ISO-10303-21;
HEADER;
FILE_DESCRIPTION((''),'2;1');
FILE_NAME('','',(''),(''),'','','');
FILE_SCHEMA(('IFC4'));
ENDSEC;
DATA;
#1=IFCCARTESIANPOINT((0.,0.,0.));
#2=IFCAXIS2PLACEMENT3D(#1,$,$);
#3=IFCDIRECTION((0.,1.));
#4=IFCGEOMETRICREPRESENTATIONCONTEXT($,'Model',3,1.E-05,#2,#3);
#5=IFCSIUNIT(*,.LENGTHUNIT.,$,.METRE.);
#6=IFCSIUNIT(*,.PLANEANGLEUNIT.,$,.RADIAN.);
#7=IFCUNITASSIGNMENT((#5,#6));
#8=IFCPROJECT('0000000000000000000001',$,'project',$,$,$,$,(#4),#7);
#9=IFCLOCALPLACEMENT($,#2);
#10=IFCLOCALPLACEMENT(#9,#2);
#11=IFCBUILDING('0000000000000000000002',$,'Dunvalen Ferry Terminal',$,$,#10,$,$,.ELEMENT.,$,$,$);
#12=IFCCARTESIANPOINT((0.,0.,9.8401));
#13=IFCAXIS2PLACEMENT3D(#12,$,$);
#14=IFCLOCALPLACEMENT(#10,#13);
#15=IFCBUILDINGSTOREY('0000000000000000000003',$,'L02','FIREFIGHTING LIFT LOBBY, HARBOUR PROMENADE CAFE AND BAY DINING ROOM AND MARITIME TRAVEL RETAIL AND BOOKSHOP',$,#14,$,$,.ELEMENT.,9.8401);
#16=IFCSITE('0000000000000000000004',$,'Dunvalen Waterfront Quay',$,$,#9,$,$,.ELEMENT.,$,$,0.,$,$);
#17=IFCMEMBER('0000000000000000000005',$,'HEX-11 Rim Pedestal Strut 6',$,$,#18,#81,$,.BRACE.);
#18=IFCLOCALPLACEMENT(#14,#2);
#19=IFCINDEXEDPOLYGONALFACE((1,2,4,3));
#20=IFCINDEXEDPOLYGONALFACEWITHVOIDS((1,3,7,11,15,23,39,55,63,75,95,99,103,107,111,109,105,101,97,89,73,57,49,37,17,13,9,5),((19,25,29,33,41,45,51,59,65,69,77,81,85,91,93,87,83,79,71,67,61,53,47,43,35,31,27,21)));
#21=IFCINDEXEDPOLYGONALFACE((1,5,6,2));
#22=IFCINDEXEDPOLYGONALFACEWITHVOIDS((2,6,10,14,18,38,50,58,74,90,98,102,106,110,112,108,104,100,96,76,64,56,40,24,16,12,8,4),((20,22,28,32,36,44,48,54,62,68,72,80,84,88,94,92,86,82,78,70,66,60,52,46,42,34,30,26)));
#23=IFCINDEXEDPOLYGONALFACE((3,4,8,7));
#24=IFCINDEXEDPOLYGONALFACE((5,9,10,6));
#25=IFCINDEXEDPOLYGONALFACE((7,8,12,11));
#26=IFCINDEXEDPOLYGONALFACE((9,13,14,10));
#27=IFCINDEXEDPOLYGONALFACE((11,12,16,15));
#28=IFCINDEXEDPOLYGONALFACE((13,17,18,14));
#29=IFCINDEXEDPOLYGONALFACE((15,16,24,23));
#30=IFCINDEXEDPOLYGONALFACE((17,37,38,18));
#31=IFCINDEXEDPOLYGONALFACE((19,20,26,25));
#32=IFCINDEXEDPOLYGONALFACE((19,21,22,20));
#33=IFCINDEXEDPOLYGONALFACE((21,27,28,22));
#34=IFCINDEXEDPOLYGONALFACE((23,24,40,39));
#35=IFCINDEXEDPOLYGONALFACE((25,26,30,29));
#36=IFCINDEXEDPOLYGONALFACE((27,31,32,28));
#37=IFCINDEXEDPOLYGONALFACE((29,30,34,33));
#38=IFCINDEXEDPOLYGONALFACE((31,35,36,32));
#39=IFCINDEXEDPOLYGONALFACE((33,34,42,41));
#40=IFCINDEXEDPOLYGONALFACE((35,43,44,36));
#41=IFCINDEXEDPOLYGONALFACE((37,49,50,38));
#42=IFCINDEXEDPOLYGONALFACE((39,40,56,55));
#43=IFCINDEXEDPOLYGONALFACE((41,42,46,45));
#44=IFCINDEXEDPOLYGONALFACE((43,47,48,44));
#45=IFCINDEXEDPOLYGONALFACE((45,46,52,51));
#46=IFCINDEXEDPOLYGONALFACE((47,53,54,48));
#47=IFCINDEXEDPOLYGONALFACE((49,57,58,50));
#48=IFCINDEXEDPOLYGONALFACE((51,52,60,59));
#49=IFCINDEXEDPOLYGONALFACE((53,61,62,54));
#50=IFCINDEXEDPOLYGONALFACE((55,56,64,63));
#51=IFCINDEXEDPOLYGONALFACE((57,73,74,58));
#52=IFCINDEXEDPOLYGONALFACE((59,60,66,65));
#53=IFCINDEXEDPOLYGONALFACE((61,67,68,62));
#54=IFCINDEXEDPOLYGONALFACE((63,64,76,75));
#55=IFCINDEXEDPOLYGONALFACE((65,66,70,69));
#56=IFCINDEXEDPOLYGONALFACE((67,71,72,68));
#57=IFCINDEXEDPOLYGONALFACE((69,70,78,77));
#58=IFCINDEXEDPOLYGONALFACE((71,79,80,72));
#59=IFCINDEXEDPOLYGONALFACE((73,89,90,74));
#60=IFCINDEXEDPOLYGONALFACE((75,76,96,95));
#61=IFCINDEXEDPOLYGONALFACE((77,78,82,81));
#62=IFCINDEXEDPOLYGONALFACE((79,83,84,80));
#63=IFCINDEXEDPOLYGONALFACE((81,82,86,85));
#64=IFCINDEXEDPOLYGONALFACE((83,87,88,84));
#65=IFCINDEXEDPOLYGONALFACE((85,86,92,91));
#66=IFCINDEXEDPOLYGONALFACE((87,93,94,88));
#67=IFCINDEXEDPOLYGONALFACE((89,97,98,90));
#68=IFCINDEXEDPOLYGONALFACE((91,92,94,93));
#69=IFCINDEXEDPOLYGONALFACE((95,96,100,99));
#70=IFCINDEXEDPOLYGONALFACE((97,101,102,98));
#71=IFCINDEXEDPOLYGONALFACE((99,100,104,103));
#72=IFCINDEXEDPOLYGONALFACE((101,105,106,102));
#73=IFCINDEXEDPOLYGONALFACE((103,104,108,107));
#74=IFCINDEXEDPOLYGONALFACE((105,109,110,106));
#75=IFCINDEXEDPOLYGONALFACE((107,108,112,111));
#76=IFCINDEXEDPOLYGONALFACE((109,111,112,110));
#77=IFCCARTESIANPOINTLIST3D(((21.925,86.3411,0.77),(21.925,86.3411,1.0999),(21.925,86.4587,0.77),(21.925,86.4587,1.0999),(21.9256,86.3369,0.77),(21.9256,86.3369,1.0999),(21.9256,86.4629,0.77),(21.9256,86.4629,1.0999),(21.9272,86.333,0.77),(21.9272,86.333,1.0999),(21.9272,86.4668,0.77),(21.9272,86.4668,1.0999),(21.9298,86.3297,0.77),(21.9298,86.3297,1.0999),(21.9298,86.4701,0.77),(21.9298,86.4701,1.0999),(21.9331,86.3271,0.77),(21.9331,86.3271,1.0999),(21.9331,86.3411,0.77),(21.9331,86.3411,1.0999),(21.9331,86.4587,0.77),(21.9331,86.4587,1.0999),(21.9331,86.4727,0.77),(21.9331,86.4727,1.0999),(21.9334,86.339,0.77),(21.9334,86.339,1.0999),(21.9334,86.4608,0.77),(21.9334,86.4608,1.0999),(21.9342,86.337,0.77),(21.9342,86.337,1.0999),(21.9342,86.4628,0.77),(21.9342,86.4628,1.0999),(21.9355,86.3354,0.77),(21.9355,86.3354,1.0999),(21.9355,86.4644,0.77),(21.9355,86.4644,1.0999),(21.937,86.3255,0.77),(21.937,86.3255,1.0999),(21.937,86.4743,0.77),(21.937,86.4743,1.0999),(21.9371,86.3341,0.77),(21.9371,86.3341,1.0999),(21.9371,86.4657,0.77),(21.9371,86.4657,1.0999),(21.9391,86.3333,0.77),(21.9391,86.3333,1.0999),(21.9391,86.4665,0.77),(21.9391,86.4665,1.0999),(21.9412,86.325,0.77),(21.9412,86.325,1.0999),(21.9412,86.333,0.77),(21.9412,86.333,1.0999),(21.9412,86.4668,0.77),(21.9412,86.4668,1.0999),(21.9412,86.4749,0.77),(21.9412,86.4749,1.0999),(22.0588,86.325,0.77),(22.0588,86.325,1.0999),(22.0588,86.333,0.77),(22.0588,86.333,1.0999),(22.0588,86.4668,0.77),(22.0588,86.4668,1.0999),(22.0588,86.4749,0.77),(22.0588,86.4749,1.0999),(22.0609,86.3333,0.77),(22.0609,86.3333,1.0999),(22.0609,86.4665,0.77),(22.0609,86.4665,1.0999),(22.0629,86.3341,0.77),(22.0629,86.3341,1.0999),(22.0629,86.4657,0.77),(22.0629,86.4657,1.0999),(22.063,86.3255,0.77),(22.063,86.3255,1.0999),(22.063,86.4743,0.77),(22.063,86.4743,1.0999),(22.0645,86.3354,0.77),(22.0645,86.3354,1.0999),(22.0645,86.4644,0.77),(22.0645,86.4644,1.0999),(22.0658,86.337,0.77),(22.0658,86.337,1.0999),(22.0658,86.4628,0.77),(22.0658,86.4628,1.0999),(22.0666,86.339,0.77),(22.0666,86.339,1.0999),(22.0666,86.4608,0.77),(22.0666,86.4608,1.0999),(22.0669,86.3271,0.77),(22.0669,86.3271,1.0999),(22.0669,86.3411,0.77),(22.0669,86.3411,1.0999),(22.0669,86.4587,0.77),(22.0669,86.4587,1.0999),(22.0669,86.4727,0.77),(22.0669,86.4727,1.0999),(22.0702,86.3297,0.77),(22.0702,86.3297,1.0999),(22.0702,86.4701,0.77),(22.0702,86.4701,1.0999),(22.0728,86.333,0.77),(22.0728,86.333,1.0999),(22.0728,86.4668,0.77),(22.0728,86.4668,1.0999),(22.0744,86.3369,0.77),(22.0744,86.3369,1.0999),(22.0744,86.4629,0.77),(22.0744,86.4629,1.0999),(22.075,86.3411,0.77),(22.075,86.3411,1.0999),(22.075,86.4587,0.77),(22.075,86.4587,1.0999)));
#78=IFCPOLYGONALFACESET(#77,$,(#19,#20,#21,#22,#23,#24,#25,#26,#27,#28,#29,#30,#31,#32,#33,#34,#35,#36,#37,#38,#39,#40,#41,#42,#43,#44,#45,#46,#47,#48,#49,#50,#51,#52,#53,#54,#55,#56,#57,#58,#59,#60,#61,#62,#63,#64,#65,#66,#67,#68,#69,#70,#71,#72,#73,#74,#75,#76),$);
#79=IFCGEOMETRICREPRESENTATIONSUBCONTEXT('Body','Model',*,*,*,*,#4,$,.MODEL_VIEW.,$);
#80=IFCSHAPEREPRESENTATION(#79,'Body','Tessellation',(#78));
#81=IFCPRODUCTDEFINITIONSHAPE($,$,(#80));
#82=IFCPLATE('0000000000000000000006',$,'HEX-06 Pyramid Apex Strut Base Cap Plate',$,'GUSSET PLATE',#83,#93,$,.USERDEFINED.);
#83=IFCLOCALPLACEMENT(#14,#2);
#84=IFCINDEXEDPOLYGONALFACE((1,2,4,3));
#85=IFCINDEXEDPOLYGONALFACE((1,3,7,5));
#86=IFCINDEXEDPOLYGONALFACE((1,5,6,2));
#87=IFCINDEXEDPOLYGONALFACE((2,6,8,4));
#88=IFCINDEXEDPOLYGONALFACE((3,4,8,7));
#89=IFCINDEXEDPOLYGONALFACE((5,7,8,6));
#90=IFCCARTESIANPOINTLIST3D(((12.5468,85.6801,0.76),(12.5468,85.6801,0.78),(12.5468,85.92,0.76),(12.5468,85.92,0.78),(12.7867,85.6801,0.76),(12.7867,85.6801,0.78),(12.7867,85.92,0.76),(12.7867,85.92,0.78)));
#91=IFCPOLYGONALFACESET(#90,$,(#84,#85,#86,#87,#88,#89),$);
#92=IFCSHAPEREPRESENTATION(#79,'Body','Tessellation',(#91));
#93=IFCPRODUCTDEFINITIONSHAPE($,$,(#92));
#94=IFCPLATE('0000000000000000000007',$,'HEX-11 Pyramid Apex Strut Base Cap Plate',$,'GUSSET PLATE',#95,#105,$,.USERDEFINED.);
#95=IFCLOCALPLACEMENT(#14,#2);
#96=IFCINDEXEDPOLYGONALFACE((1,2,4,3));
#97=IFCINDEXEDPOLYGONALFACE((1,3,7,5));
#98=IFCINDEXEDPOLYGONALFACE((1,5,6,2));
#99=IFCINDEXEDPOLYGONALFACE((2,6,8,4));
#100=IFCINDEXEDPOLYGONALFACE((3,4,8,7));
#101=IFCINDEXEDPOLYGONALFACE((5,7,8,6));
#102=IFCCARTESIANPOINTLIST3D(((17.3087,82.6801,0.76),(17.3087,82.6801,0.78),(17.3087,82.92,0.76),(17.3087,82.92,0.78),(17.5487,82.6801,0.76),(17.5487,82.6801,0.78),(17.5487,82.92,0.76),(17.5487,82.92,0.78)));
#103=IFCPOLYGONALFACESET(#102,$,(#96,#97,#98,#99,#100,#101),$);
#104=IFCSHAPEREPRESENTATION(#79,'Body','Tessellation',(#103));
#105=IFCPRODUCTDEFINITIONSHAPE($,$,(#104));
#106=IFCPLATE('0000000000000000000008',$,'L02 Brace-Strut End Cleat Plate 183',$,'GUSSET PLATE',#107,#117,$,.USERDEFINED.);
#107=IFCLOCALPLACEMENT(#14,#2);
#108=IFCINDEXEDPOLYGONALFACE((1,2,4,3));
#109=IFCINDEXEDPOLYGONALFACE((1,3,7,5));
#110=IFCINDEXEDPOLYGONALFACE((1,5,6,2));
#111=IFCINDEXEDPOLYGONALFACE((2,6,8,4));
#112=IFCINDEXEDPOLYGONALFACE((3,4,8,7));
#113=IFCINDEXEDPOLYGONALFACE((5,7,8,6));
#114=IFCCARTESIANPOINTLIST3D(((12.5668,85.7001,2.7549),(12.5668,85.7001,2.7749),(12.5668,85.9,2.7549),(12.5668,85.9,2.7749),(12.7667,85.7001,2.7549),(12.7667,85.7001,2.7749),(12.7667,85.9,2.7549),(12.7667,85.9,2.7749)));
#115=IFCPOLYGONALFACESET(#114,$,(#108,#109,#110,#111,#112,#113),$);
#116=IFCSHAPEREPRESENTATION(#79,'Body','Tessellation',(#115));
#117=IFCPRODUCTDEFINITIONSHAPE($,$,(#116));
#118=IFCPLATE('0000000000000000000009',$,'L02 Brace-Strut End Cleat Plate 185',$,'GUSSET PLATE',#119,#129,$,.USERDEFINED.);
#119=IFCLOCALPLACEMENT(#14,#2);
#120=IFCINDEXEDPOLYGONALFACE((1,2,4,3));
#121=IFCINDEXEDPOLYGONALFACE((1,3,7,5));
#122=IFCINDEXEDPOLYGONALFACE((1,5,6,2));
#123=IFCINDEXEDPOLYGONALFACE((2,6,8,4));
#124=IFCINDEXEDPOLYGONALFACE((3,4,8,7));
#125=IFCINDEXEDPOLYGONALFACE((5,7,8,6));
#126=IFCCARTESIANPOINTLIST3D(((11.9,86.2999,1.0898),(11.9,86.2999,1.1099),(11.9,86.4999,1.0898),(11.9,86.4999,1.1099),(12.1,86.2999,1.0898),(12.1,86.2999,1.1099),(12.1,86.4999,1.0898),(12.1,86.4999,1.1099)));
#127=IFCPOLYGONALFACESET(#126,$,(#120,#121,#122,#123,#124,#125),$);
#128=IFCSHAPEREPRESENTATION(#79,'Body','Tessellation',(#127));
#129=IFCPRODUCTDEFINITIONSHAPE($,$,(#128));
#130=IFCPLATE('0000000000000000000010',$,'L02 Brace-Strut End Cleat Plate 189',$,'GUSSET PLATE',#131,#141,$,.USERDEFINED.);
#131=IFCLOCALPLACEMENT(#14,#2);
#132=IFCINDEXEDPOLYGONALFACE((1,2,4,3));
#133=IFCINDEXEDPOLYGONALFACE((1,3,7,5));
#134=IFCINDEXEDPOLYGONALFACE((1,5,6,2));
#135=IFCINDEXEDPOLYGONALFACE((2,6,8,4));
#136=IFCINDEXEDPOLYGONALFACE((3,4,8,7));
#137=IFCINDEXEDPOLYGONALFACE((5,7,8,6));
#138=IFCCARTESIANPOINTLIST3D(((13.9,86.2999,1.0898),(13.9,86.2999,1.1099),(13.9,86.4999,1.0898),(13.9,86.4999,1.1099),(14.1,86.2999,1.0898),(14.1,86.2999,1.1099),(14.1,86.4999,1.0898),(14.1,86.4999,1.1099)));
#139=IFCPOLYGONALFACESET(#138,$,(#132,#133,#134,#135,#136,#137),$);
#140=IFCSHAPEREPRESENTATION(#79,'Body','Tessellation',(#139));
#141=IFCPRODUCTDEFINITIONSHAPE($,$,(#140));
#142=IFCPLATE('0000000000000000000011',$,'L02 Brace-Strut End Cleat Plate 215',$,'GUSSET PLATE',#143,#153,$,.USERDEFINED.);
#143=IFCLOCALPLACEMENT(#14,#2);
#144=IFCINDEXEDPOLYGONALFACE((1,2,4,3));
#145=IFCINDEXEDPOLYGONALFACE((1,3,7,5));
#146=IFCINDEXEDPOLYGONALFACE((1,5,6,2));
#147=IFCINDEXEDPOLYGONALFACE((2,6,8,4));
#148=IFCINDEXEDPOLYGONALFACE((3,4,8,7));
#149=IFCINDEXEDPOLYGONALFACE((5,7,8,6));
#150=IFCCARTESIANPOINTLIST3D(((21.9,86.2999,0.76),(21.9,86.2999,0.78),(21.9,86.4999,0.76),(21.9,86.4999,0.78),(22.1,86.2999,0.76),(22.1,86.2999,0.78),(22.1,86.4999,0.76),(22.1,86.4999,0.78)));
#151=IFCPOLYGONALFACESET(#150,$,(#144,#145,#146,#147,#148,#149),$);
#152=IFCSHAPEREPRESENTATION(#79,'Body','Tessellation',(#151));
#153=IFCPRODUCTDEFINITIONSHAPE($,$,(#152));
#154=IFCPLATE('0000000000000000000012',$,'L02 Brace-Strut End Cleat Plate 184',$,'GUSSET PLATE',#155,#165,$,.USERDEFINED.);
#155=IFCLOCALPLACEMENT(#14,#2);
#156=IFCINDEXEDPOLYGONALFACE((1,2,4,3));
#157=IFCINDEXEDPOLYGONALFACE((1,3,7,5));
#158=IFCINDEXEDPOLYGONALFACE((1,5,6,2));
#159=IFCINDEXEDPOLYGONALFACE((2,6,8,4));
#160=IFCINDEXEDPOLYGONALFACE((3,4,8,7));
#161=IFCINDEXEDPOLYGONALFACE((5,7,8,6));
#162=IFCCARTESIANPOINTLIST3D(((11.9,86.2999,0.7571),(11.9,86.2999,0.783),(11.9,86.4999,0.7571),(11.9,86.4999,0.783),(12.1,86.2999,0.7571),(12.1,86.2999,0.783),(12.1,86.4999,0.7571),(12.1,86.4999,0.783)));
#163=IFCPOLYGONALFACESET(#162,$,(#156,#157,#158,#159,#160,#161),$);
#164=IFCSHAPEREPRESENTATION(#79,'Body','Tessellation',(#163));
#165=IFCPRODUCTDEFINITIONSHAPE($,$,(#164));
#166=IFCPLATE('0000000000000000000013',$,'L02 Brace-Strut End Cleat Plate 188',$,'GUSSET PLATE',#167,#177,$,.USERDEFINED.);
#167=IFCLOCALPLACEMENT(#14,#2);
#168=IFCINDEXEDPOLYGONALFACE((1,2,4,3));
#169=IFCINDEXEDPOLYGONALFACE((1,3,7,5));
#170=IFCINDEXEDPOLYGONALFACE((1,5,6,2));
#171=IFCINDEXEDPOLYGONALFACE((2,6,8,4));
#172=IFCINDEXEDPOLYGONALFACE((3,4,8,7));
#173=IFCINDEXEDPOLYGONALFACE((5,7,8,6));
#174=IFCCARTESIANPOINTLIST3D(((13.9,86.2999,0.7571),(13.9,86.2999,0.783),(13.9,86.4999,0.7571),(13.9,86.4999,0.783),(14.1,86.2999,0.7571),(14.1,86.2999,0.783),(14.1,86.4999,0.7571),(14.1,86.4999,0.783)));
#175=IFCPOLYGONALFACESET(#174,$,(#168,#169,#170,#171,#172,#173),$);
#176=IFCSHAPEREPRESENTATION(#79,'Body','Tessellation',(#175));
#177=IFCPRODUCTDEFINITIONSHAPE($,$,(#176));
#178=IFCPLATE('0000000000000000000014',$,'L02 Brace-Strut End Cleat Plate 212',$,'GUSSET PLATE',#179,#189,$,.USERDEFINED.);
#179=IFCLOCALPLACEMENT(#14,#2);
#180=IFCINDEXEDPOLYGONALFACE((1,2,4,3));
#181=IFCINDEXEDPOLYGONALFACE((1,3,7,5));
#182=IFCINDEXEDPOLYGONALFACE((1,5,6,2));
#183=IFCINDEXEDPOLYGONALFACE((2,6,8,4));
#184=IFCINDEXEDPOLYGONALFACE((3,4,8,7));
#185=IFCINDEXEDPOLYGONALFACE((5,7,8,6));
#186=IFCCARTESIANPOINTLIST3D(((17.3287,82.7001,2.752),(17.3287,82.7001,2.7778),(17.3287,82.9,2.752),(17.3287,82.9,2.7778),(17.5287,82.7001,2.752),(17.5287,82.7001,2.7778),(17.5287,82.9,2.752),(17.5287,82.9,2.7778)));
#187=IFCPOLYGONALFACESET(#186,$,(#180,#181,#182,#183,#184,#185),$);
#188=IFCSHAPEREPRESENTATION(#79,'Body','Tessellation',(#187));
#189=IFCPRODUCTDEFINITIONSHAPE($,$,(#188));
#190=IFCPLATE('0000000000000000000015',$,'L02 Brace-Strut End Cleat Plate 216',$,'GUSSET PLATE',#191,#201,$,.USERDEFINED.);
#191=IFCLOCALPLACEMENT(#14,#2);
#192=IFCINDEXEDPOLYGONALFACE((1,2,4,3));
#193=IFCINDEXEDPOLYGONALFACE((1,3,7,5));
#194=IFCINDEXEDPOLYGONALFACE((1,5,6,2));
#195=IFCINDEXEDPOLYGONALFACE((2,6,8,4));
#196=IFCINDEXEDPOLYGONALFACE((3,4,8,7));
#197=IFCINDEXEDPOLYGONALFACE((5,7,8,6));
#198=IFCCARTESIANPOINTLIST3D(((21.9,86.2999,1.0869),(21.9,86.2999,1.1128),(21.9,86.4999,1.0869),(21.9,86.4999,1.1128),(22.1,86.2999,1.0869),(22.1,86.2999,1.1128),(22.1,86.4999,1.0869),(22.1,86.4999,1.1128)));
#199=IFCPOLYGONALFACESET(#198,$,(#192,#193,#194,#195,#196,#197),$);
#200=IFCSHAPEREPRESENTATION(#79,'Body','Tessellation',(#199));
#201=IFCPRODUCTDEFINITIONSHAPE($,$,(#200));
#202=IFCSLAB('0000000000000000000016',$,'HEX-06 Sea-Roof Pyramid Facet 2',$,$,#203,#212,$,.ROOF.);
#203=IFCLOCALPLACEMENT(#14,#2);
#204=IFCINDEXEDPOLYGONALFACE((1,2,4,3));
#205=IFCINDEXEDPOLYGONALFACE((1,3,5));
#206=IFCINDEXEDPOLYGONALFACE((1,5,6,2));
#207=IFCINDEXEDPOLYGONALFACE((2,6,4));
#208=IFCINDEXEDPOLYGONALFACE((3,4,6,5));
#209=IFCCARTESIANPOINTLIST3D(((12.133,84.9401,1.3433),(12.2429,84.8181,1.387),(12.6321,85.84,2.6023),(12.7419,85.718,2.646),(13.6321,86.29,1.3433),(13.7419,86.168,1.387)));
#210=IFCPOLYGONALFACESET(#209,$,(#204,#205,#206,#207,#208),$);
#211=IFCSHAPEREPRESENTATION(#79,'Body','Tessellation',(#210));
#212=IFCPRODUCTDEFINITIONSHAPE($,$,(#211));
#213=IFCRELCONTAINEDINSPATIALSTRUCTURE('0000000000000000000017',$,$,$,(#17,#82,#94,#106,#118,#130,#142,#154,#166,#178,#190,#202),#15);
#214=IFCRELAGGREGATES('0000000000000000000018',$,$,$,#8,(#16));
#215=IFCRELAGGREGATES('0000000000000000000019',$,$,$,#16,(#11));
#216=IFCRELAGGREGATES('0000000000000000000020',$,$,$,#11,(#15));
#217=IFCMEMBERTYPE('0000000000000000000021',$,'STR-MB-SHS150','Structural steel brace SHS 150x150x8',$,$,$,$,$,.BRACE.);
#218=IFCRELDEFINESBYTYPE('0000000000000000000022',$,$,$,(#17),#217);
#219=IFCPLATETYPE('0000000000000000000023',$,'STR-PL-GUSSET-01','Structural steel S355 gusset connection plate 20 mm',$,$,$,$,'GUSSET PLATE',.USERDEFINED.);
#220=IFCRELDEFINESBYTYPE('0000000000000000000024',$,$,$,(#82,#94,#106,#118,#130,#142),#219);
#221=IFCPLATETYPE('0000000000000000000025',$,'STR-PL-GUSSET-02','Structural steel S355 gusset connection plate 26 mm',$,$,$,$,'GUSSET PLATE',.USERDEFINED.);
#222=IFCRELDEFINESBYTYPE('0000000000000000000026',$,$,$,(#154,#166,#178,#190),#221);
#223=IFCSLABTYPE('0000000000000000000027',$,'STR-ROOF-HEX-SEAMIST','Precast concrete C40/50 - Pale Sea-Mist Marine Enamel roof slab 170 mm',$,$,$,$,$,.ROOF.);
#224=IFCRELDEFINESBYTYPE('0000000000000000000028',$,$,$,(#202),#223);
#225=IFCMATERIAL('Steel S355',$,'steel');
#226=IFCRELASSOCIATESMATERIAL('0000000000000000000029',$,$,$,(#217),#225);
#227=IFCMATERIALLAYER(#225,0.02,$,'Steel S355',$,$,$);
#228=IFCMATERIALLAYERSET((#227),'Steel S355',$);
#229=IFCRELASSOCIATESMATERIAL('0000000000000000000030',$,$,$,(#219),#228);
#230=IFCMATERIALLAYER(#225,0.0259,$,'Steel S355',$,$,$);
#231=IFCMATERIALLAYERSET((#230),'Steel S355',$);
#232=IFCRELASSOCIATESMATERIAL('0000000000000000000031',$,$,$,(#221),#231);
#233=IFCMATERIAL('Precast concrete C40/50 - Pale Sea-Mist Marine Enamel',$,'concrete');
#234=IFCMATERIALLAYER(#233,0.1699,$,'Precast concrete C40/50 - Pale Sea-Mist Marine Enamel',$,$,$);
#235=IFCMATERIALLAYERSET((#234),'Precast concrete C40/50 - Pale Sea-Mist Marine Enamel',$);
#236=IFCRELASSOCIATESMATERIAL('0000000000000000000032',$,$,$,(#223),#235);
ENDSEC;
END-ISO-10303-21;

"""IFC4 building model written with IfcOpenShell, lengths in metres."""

from ifc_helpers import new_model, si_unit, direction, frame, origin, origin_2d, place, context, subcontext, project, spatial, polyline, rectangle, hollow_rectangle, outline, extrude, material, layer, layer_set, material_profile, profile_set, type_object, element, save


model = new_model("IFC4")

# Units and contexts
model_context = context("Model", 3, precision=1e-05, world=origin(), true_north=direction((0.0, 1.0)))
body_context = subcontext(model_context, "Body", "Model", "MODEL_VIEW")
ifc_project = project(units=[si_unit("LENGTHUNIT", "METRE"), si_unit("PLANEANGLEUNIT", "RADIAN")], contexts=[model_context])

# Site, building, storey
site_placement = place(None, origin())
site = spatial("IfcSite", under=ifc_project, at=site_placement, Name="Dunvalen Waterfront Quay", CompositionType="ELEMENT", RefElevation=0.0)
building_placement = place(site_placement, origin())
building = spatial("IfcBuilding", under=site, at=building_placement, Name="Dunvalen Ferry Terminal", CompositionType="ELEMENT")
storey_placement = place(building_placement, frame((0.0, 0.0, 9.8401)))
storey = spatial("IfcBuildingStorey", under=building, at=storey_placement, Name="L02", Description="FIREFIGHTING LIFT LOBBY, HARBOUR PROMENADE CAFE AND BAY DINING ROOM AND MARITIME TRAVEL RETAIL AND BOOKSHOP", CompositionType="ELEMENT", Elevation=9.8401)

# Shared definitions
ifc_material_1 = material(Name="Steel S355", Category="steel")

# Member
ifc_material_profile_1 = material_profile(ifc_material_1, hollow_rectangle(XDim=0.1499, YDim=0.1499, WallThickness=0.0081, InnerFilletRadius=0.0081, OuterFilletRadius=0.0161, at=origin_2d()), Name="Steel S355")
ifc_profile_set_1 = profile_set([ifc_material_profile_1], Name="Steel S355")
member_type_1 = type_object("IfcMemberType", Name="STR-MB-SHS150", Description="Structural steel brace SHS 150x150x8", PredefinedType="BRACE", material=ifc_profile_set_1)
for number, where, z_axis, x_axis, name in (
    (1, (22.0, 86.3999, 0.77), (0.0, 0.0, 1.0), (1.0, 0.0, 0.0), "HEX-11 Rim Pedestal Strut 6"),
):
    element("IfcMember", number, at=place(storey_placement, frame(where, z_axis=z_axis, x_axis=x_axis)), inside=storey, type_object=member_type_1, Name=name, PredefinedType="BRACE", context=body_context, shape_type="SweptSolid", body=[
        extrude(hollow_rectangle(XDim=0.1499, YDim=0.1499, WallThickness=0.0081, InnerFilletRadius=0.0081, OuterFilletRadius=0.0161, at=origin_2d()), origin(), (0.0, 0.0, 1.0), 0.3298),
    ])

# Plates
ifc_layer_1 = layer(ifc_material_1, 0.02, Name="Steel S355")
ifc_layer_set_1 = layer_set([ifc_layer_1], Name="Steel S355")
plate_type_1 = type_object("IfcPlateType", Name="STR-PL-GUSSET-01", Description="Structural steel S355 gusset connection plate 20 mm", ElementType="GUSSET PLATE", PredefinedType="USERDEFINED", material=ifc_layer_set_1)
for number, where, z_axis, x_axis, name in (
    (2, (12.6667, 85.8, 0.76), (0.0, 0.0, 1.0), (1.0, 0.0, 0.0), "HEX-06 Pyramid Apex Strut Base Cap Plate"),
    (3, (17.4287, 82.8, 0.76), (0.0, 0.0, 1.0), (1.0, 0.0, 0.0), "HEX-11 Pyramid Apex Strut Base Cap Plate"),
):
    element("IfcPlate", number, at=place(storey_placement, frame(where, z_axis=z_axis, x_axis=x_axis)), inside=storey, type_object=plate_type_1, Name=name, ObjectType="GUSSET PLATE", PredefinedType="USERDEFINED", context=body_context, shape_type="SweptSolid", body=[
        extrude(rectangle(XDim=0.24, YDim=0.24, at=origin_2d()), origin(), (0.0, 0.0, 1.0), 0.02),
    ])
for number, where, z_axis, x_axis, name in (
    (4, (12.6667, 85.8, 2.7549), (0.0, 0.0, 1.0), (1.0, 0.0, 0.0), "L02 Brace-Strut End Cleat Plate 183"),
    (5, (12.0, 86.3999, 1.0898), (0.0, 0.0, 1.0), (1.0, 0.0, 0.0), "L02 Brace-Strut End Cleat Plate 185"),
    (6, (14.0, 86.3999, 1.0898), (0.0, 0.0, 1.0), (1.0, 0.0, 0.0), "L02 Brace-Strut End Cleat Plate 189"),
    (7, (22.0, 86.3999, 0.76), (0.0, 0.0, 1.0), (1.0, 0.0, 0.0), "L02 Brace-Strut End Cleat Plate 215"),
):
    element("IfcPlate", number, at=place(storey_placement, frame(where, z_axis=z_axis, x_axis=x_axis)), inside=storey, type_object=plate_type_1, Name=name, ObjectType="GUSSET PLATE", PredefinedType="USERDEFINED", context=body_context, shape_type="SweptSolid", body=[
        extrude(rectangle(XDim=0.2, YDim=0.2, at=origin_2d()), origin(), (0.0, 0.0, 1.0), 0.02),
    ])
ifc_layer_2 = layer(ifc_material_1, 0.0259, Name="Steel S355")
ifc_layer_set_2 = layer_set([ifc_layer_2], Name="Steel S355")
plate_type_2 = type_object("IfcPlateType", Name="STR-PL-GUSSET-02", Description="Structural steel S355 gusset connection plate 26 mm", ElementType="GUSSET PLATE", PredefinedType="USERDEFINED", material=ifc_layer_set_2)
for number, where, z_axis, x_axis, name in (
    (8, (12.0, 86.3999, 0.7571), (0.0, 0.0, 1.0), (1.0, 0.0, 0.0), "L02 Brace-Strut End Cleat Plate 184"),
    (9, (14.0, 86.3999, 0.7571), (0.0, 0.0, 1.0), (1.0, 0.0, 0.0), "L02 Brace-Strut End Cleat Plate 188"),
    (10, (17.4287, 82.8, 2.752), (0.0, 0.0, 1.0), (1.0, 0.0, 0.0), "L02 Brace-Strut End Cleat Plate 212"),
    (11, (22.0, 86.3999, 1.0869), (0.0, 0.0, 1.0), (1.0, 0.0, 0.0), "L02 Brace-Strut End Cleat Plate 216"),
):
    element("IfcPlate", number, at=place(storey_placement, frame(where, z_axis=z_axis, x_axis=x_axis)), inside=storey, type_object=plate_type_2, Name=name, ObjectType="GUSSET PLATE", PredefinedType="USERDEFINED", context=body_context, shape_type="SweptSolid", body=[
        extrude(rectangle(XDim=0.2, YDim=0.2, at=origin_2d()), origin(), (0.0, 0.0, 1.0), 0.0259),
    ])

# Slab
ifc_material_2 = material(Name="Precast concrete C40/50 - Pale Sea-Mist Marine Enamel", Category="concrete")
ifc_layer_3 = layer(ifc_material_2, 0.1699, Name="Precast concrete C40/50 - Pale Sea-Mist Marine Enamel")
ifc_layer_set_3 = layer_set([ifc_layer_3], Name="Precast concrete C40/50 - Pale Sea-Mist Marine Enamel")
slab_type = type_object("IfcSlabType", Name="STR-ROOF-HEX-SEAMIST", Description="Precast concrete C40/50 - Pale Sea-Mist Marine Enamel roof slab 170 mm", PredefinedType="ROOF", material=ifc_layer_set_3)
slab_1_placement = place(storey_placement, frame((12.2429, 84.8181, 1.387), z_axis=(0.646691, -0.718156, 0.256988), x_axis=(0.743114, 0.669165, 0.0)))
element("IfcSlab", 12, at=slab_1_placement, inside=storey, type_object=slab_type, Name="HEX-06 Sea-Roof Pyramid Facet 2", PredefinedType="ROOF", context=body_context, shape_type="SweptSolid", body=[
    extrude(outline(polyline([(0.0, 0.0), (2.0172, 0.0), (0.973, 1.3028), (0.0, 0.0)])), origin(), (0.0, 0.0, -1.0), 0.1699),
])

save(model, "model.ifc")
